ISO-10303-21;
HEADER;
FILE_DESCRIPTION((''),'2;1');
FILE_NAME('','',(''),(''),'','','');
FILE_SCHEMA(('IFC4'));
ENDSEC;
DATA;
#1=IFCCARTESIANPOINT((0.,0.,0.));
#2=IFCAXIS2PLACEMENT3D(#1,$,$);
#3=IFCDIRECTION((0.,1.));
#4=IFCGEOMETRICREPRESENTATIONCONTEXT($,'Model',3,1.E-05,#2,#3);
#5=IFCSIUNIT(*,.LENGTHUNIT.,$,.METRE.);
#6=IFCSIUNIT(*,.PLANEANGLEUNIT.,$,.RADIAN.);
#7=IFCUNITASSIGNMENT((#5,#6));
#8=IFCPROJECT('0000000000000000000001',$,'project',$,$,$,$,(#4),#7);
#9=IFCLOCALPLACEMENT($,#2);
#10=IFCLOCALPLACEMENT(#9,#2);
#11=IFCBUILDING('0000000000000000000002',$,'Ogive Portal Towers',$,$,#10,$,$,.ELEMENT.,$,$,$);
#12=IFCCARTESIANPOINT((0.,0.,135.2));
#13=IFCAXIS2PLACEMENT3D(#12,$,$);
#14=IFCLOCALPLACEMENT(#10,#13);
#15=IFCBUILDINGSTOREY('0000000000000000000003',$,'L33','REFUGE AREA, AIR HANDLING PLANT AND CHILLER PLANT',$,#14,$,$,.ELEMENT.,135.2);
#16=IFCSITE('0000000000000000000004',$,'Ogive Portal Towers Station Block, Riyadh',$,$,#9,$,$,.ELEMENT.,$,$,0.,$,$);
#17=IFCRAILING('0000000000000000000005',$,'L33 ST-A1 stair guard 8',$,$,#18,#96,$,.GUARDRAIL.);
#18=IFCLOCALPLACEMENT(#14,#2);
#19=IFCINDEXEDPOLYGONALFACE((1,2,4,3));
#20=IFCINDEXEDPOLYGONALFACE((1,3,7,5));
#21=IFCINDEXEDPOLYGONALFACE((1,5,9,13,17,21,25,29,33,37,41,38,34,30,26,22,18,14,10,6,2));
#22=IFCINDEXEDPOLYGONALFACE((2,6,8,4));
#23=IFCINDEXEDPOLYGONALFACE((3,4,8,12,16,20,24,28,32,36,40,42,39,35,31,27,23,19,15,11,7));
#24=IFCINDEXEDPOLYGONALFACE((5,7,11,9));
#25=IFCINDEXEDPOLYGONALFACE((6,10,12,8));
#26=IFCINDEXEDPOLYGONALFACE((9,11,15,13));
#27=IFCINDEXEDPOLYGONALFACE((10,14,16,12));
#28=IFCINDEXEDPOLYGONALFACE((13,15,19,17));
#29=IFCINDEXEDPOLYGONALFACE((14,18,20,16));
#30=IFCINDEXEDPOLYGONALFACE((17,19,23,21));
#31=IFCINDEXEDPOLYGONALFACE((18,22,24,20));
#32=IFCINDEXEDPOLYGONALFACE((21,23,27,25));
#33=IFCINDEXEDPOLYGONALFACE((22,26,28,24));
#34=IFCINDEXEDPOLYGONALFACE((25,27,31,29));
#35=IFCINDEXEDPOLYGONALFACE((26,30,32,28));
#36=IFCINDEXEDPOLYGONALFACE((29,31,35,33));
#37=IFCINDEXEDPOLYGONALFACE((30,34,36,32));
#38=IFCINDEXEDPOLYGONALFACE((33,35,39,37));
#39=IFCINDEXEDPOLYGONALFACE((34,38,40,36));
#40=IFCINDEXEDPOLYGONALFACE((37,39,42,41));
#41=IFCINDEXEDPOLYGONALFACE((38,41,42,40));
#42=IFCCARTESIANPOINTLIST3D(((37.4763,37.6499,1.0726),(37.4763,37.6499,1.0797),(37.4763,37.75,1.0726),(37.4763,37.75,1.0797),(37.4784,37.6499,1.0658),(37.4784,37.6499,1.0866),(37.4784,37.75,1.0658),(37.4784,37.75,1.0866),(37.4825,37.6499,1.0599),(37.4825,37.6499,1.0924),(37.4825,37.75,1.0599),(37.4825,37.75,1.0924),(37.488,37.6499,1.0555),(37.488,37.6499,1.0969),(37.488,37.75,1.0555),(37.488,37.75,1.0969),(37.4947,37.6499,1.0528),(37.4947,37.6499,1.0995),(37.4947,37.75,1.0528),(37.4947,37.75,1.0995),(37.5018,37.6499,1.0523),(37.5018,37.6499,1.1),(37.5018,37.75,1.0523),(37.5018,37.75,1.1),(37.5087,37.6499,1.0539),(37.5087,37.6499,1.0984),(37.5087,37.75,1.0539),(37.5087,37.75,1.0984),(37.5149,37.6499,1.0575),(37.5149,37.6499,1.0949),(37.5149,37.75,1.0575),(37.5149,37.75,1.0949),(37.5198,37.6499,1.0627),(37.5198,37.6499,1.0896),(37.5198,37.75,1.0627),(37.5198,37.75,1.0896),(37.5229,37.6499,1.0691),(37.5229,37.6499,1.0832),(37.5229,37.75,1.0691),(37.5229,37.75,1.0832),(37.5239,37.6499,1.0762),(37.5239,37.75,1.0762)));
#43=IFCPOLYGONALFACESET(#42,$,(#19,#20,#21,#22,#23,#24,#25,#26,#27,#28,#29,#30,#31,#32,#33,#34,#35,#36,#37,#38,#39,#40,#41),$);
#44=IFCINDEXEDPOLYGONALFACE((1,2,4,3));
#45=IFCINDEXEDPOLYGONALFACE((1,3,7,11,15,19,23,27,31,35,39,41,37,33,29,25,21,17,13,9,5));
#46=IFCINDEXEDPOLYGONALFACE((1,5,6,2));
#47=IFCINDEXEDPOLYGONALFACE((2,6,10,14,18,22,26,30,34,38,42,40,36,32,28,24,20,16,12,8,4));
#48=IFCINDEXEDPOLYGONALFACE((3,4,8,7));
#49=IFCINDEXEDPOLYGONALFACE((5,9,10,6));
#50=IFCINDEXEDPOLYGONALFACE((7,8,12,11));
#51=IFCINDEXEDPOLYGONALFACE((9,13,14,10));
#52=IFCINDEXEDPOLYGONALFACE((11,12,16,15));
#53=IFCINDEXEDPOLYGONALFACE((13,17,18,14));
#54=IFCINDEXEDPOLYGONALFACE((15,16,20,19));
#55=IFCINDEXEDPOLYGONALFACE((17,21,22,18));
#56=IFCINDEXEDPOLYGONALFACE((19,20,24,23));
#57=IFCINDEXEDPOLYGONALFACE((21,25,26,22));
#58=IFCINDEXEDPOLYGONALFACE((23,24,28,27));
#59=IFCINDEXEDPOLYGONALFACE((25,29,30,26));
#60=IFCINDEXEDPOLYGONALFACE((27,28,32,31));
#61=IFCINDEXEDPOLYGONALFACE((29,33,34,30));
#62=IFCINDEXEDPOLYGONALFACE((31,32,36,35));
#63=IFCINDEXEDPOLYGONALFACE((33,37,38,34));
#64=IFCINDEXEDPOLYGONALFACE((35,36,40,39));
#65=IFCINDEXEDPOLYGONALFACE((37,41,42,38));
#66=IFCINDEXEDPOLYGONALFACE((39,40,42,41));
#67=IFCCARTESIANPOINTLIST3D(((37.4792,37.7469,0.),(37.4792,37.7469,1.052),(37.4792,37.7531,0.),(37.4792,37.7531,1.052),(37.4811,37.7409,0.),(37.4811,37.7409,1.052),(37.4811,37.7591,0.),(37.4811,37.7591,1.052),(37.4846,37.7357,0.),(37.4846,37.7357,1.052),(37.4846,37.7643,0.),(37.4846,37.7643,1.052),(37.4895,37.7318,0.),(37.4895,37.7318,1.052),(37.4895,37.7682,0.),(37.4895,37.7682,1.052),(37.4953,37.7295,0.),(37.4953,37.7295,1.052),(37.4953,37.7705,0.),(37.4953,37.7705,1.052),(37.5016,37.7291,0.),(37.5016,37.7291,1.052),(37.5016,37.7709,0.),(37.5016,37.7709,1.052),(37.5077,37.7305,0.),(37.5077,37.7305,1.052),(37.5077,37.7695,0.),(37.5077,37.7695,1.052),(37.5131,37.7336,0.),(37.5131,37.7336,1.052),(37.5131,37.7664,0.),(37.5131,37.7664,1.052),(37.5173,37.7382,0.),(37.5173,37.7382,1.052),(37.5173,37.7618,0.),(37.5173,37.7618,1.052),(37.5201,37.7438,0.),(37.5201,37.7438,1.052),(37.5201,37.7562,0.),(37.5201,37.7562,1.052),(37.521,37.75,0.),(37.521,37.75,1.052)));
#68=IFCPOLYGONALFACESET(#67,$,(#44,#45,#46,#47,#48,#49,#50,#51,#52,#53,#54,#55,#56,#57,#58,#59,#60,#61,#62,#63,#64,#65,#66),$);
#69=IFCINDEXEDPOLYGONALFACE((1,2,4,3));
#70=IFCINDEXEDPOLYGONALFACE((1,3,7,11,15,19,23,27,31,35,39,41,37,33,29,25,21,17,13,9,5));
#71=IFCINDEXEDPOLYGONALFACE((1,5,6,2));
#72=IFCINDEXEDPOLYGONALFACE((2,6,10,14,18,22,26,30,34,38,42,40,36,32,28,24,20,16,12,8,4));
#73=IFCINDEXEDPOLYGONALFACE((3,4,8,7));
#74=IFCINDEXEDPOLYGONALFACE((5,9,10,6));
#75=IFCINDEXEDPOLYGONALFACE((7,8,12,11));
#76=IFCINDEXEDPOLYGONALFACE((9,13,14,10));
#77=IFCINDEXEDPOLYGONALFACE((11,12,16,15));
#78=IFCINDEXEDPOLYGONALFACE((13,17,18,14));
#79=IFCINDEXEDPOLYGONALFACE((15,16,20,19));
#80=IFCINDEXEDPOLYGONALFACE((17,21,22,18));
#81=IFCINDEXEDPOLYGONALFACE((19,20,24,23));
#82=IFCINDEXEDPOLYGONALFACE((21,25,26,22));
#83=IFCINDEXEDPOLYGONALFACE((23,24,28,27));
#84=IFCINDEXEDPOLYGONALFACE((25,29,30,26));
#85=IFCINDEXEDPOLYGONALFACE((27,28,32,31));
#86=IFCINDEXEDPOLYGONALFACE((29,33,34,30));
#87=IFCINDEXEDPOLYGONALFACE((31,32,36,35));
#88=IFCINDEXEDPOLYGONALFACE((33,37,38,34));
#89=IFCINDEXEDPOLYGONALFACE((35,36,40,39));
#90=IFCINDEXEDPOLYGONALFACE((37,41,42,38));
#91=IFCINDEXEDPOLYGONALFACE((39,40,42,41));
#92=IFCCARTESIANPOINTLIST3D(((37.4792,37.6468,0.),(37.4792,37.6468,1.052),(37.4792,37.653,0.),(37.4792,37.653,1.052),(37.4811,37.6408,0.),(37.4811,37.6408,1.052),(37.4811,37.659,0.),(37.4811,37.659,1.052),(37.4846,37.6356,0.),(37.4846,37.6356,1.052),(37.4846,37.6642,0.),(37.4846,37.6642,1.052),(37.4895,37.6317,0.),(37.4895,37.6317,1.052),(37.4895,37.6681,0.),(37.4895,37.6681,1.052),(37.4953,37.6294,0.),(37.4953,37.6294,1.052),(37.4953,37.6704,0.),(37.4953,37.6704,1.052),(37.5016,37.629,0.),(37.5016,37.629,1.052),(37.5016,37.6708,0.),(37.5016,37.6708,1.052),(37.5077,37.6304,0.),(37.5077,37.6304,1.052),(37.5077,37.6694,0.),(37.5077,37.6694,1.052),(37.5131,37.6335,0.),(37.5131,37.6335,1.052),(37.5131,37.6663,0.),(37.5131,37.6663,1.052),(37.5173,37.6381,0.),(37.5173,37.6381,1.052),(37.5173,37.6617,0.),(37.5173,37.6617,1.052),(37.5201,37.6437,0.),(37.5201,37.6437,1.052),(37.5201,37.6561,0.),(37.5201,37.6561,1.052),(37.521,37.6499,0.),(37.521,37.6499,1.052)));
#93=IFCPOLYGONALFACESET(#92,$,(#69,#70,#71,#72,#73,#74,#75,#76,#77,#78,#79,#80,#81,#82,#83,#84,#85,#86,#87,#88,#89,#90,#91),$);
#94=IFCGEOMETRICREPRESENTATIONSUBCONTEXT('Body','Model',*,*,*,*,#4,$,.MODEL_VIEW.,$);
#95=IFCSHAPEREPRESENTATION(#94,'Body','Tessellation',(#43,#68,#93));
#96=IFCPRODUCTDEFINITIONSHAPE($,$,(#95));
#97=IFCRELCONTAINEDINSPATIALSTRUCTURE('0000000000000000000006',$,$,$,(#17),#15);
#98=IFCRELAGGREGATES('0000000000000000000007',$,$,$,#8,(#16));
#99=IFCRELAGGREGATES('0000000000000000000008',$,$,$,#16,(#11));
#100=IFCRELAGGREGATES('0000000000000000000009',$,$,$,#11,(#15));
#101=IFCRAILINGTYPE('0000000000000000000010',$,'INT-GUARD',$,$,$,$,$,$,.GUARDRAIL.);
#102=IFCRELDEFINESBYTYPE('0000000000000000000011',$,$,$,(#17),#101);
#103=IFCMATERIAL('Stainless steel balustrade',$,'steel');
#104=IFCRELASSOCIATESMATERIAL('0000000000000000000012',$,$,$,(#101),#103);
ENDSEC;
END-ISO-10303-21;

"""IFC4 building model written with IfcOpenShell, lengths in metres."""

from ifc_helpers import new_model, si_unit, direction, frame, origin, origin_2d, place, context, subcontext, project, spatial, circle, extrude, material, type_object, element, save


model = new_model("IFC4")

# Units and contexts
model_context = context("Model", 3, precision=1e-05, world=origin(), true_north=direction((0.0, 1.0)))
body_context = subcontext(model_context, "Body", "Model", "MODEL_VIEW")
ifc_project = project(units=[si_unit("LENGTHUNIT", "METRE"), si_unit("PLANEANGLEUNIT", "RADIAN")], contexts=[model_context])

# Site, building, storey
site_placement = place(None, origin())
site = spatial("IfcSite", under=ifc_project, at=site_placement, Name="Ogive Portal Towers Station Block, Riyadh", CompositionType="ELEMENT", RefElevation=0.0)
building_placement = place(site_placement, origin())
building = spatial("IfcBuilding", under=site, at=building_placement, Name="Ogive Portal Towers", CompositionType="ELEMENT")
storey_placement = place(building_placement, frame((0.0, 0.0, 135.2)))
storey = spatial("IfcBuildingStorey", under=building, at=storey_placement, Name="L33", Description="REFUGE AREA, AIR HANDLING PLANT AND CHILLER PLANT", CompositionType="ELEMENT", Elevation=135.2)

# Railing
ifc_material_1 = material(Name="Stainless steel balustrade", Category="steel")
railing_type_1 = type_object("IfcRailingType", Name="INT-GUARD", PredefinedType="GUARDRAIL", material=ifc_material_1)
railing_1_placement = place(storey_placement, frame((37.5, 37.75, 0.0)))
element("IfcRailing", 1, at=railing_1_placement, inside=storey, type_object=railing_type_1, Name="L33 ST-A1 stair guard 8", PredefinedType="GUARDRAIL", context=body_context, shape_type="SweptSolid", body=[
    extrude(circle(Radius=0.0239, at=origin_2d()), frame((0.0, 0.0, 1.0762), z_axis=(0.0, -1.0, 0.0), x_axis=(1.0, 0.0, 0.0)), (0.0, 0.0, 1.0), 0.1001),
    extrude(circle(Radius=0.021, at=origin_2d()), origin(), (0.0, 0.0, 1.0), 1.052),
    extrude(circle(Radius=0.021, at=origin_2d()), frame((0.0, -0.1001, 0.0)), (0.0, 0.0, 1.0), 1.052),
])

save(model, "model.ifc")
